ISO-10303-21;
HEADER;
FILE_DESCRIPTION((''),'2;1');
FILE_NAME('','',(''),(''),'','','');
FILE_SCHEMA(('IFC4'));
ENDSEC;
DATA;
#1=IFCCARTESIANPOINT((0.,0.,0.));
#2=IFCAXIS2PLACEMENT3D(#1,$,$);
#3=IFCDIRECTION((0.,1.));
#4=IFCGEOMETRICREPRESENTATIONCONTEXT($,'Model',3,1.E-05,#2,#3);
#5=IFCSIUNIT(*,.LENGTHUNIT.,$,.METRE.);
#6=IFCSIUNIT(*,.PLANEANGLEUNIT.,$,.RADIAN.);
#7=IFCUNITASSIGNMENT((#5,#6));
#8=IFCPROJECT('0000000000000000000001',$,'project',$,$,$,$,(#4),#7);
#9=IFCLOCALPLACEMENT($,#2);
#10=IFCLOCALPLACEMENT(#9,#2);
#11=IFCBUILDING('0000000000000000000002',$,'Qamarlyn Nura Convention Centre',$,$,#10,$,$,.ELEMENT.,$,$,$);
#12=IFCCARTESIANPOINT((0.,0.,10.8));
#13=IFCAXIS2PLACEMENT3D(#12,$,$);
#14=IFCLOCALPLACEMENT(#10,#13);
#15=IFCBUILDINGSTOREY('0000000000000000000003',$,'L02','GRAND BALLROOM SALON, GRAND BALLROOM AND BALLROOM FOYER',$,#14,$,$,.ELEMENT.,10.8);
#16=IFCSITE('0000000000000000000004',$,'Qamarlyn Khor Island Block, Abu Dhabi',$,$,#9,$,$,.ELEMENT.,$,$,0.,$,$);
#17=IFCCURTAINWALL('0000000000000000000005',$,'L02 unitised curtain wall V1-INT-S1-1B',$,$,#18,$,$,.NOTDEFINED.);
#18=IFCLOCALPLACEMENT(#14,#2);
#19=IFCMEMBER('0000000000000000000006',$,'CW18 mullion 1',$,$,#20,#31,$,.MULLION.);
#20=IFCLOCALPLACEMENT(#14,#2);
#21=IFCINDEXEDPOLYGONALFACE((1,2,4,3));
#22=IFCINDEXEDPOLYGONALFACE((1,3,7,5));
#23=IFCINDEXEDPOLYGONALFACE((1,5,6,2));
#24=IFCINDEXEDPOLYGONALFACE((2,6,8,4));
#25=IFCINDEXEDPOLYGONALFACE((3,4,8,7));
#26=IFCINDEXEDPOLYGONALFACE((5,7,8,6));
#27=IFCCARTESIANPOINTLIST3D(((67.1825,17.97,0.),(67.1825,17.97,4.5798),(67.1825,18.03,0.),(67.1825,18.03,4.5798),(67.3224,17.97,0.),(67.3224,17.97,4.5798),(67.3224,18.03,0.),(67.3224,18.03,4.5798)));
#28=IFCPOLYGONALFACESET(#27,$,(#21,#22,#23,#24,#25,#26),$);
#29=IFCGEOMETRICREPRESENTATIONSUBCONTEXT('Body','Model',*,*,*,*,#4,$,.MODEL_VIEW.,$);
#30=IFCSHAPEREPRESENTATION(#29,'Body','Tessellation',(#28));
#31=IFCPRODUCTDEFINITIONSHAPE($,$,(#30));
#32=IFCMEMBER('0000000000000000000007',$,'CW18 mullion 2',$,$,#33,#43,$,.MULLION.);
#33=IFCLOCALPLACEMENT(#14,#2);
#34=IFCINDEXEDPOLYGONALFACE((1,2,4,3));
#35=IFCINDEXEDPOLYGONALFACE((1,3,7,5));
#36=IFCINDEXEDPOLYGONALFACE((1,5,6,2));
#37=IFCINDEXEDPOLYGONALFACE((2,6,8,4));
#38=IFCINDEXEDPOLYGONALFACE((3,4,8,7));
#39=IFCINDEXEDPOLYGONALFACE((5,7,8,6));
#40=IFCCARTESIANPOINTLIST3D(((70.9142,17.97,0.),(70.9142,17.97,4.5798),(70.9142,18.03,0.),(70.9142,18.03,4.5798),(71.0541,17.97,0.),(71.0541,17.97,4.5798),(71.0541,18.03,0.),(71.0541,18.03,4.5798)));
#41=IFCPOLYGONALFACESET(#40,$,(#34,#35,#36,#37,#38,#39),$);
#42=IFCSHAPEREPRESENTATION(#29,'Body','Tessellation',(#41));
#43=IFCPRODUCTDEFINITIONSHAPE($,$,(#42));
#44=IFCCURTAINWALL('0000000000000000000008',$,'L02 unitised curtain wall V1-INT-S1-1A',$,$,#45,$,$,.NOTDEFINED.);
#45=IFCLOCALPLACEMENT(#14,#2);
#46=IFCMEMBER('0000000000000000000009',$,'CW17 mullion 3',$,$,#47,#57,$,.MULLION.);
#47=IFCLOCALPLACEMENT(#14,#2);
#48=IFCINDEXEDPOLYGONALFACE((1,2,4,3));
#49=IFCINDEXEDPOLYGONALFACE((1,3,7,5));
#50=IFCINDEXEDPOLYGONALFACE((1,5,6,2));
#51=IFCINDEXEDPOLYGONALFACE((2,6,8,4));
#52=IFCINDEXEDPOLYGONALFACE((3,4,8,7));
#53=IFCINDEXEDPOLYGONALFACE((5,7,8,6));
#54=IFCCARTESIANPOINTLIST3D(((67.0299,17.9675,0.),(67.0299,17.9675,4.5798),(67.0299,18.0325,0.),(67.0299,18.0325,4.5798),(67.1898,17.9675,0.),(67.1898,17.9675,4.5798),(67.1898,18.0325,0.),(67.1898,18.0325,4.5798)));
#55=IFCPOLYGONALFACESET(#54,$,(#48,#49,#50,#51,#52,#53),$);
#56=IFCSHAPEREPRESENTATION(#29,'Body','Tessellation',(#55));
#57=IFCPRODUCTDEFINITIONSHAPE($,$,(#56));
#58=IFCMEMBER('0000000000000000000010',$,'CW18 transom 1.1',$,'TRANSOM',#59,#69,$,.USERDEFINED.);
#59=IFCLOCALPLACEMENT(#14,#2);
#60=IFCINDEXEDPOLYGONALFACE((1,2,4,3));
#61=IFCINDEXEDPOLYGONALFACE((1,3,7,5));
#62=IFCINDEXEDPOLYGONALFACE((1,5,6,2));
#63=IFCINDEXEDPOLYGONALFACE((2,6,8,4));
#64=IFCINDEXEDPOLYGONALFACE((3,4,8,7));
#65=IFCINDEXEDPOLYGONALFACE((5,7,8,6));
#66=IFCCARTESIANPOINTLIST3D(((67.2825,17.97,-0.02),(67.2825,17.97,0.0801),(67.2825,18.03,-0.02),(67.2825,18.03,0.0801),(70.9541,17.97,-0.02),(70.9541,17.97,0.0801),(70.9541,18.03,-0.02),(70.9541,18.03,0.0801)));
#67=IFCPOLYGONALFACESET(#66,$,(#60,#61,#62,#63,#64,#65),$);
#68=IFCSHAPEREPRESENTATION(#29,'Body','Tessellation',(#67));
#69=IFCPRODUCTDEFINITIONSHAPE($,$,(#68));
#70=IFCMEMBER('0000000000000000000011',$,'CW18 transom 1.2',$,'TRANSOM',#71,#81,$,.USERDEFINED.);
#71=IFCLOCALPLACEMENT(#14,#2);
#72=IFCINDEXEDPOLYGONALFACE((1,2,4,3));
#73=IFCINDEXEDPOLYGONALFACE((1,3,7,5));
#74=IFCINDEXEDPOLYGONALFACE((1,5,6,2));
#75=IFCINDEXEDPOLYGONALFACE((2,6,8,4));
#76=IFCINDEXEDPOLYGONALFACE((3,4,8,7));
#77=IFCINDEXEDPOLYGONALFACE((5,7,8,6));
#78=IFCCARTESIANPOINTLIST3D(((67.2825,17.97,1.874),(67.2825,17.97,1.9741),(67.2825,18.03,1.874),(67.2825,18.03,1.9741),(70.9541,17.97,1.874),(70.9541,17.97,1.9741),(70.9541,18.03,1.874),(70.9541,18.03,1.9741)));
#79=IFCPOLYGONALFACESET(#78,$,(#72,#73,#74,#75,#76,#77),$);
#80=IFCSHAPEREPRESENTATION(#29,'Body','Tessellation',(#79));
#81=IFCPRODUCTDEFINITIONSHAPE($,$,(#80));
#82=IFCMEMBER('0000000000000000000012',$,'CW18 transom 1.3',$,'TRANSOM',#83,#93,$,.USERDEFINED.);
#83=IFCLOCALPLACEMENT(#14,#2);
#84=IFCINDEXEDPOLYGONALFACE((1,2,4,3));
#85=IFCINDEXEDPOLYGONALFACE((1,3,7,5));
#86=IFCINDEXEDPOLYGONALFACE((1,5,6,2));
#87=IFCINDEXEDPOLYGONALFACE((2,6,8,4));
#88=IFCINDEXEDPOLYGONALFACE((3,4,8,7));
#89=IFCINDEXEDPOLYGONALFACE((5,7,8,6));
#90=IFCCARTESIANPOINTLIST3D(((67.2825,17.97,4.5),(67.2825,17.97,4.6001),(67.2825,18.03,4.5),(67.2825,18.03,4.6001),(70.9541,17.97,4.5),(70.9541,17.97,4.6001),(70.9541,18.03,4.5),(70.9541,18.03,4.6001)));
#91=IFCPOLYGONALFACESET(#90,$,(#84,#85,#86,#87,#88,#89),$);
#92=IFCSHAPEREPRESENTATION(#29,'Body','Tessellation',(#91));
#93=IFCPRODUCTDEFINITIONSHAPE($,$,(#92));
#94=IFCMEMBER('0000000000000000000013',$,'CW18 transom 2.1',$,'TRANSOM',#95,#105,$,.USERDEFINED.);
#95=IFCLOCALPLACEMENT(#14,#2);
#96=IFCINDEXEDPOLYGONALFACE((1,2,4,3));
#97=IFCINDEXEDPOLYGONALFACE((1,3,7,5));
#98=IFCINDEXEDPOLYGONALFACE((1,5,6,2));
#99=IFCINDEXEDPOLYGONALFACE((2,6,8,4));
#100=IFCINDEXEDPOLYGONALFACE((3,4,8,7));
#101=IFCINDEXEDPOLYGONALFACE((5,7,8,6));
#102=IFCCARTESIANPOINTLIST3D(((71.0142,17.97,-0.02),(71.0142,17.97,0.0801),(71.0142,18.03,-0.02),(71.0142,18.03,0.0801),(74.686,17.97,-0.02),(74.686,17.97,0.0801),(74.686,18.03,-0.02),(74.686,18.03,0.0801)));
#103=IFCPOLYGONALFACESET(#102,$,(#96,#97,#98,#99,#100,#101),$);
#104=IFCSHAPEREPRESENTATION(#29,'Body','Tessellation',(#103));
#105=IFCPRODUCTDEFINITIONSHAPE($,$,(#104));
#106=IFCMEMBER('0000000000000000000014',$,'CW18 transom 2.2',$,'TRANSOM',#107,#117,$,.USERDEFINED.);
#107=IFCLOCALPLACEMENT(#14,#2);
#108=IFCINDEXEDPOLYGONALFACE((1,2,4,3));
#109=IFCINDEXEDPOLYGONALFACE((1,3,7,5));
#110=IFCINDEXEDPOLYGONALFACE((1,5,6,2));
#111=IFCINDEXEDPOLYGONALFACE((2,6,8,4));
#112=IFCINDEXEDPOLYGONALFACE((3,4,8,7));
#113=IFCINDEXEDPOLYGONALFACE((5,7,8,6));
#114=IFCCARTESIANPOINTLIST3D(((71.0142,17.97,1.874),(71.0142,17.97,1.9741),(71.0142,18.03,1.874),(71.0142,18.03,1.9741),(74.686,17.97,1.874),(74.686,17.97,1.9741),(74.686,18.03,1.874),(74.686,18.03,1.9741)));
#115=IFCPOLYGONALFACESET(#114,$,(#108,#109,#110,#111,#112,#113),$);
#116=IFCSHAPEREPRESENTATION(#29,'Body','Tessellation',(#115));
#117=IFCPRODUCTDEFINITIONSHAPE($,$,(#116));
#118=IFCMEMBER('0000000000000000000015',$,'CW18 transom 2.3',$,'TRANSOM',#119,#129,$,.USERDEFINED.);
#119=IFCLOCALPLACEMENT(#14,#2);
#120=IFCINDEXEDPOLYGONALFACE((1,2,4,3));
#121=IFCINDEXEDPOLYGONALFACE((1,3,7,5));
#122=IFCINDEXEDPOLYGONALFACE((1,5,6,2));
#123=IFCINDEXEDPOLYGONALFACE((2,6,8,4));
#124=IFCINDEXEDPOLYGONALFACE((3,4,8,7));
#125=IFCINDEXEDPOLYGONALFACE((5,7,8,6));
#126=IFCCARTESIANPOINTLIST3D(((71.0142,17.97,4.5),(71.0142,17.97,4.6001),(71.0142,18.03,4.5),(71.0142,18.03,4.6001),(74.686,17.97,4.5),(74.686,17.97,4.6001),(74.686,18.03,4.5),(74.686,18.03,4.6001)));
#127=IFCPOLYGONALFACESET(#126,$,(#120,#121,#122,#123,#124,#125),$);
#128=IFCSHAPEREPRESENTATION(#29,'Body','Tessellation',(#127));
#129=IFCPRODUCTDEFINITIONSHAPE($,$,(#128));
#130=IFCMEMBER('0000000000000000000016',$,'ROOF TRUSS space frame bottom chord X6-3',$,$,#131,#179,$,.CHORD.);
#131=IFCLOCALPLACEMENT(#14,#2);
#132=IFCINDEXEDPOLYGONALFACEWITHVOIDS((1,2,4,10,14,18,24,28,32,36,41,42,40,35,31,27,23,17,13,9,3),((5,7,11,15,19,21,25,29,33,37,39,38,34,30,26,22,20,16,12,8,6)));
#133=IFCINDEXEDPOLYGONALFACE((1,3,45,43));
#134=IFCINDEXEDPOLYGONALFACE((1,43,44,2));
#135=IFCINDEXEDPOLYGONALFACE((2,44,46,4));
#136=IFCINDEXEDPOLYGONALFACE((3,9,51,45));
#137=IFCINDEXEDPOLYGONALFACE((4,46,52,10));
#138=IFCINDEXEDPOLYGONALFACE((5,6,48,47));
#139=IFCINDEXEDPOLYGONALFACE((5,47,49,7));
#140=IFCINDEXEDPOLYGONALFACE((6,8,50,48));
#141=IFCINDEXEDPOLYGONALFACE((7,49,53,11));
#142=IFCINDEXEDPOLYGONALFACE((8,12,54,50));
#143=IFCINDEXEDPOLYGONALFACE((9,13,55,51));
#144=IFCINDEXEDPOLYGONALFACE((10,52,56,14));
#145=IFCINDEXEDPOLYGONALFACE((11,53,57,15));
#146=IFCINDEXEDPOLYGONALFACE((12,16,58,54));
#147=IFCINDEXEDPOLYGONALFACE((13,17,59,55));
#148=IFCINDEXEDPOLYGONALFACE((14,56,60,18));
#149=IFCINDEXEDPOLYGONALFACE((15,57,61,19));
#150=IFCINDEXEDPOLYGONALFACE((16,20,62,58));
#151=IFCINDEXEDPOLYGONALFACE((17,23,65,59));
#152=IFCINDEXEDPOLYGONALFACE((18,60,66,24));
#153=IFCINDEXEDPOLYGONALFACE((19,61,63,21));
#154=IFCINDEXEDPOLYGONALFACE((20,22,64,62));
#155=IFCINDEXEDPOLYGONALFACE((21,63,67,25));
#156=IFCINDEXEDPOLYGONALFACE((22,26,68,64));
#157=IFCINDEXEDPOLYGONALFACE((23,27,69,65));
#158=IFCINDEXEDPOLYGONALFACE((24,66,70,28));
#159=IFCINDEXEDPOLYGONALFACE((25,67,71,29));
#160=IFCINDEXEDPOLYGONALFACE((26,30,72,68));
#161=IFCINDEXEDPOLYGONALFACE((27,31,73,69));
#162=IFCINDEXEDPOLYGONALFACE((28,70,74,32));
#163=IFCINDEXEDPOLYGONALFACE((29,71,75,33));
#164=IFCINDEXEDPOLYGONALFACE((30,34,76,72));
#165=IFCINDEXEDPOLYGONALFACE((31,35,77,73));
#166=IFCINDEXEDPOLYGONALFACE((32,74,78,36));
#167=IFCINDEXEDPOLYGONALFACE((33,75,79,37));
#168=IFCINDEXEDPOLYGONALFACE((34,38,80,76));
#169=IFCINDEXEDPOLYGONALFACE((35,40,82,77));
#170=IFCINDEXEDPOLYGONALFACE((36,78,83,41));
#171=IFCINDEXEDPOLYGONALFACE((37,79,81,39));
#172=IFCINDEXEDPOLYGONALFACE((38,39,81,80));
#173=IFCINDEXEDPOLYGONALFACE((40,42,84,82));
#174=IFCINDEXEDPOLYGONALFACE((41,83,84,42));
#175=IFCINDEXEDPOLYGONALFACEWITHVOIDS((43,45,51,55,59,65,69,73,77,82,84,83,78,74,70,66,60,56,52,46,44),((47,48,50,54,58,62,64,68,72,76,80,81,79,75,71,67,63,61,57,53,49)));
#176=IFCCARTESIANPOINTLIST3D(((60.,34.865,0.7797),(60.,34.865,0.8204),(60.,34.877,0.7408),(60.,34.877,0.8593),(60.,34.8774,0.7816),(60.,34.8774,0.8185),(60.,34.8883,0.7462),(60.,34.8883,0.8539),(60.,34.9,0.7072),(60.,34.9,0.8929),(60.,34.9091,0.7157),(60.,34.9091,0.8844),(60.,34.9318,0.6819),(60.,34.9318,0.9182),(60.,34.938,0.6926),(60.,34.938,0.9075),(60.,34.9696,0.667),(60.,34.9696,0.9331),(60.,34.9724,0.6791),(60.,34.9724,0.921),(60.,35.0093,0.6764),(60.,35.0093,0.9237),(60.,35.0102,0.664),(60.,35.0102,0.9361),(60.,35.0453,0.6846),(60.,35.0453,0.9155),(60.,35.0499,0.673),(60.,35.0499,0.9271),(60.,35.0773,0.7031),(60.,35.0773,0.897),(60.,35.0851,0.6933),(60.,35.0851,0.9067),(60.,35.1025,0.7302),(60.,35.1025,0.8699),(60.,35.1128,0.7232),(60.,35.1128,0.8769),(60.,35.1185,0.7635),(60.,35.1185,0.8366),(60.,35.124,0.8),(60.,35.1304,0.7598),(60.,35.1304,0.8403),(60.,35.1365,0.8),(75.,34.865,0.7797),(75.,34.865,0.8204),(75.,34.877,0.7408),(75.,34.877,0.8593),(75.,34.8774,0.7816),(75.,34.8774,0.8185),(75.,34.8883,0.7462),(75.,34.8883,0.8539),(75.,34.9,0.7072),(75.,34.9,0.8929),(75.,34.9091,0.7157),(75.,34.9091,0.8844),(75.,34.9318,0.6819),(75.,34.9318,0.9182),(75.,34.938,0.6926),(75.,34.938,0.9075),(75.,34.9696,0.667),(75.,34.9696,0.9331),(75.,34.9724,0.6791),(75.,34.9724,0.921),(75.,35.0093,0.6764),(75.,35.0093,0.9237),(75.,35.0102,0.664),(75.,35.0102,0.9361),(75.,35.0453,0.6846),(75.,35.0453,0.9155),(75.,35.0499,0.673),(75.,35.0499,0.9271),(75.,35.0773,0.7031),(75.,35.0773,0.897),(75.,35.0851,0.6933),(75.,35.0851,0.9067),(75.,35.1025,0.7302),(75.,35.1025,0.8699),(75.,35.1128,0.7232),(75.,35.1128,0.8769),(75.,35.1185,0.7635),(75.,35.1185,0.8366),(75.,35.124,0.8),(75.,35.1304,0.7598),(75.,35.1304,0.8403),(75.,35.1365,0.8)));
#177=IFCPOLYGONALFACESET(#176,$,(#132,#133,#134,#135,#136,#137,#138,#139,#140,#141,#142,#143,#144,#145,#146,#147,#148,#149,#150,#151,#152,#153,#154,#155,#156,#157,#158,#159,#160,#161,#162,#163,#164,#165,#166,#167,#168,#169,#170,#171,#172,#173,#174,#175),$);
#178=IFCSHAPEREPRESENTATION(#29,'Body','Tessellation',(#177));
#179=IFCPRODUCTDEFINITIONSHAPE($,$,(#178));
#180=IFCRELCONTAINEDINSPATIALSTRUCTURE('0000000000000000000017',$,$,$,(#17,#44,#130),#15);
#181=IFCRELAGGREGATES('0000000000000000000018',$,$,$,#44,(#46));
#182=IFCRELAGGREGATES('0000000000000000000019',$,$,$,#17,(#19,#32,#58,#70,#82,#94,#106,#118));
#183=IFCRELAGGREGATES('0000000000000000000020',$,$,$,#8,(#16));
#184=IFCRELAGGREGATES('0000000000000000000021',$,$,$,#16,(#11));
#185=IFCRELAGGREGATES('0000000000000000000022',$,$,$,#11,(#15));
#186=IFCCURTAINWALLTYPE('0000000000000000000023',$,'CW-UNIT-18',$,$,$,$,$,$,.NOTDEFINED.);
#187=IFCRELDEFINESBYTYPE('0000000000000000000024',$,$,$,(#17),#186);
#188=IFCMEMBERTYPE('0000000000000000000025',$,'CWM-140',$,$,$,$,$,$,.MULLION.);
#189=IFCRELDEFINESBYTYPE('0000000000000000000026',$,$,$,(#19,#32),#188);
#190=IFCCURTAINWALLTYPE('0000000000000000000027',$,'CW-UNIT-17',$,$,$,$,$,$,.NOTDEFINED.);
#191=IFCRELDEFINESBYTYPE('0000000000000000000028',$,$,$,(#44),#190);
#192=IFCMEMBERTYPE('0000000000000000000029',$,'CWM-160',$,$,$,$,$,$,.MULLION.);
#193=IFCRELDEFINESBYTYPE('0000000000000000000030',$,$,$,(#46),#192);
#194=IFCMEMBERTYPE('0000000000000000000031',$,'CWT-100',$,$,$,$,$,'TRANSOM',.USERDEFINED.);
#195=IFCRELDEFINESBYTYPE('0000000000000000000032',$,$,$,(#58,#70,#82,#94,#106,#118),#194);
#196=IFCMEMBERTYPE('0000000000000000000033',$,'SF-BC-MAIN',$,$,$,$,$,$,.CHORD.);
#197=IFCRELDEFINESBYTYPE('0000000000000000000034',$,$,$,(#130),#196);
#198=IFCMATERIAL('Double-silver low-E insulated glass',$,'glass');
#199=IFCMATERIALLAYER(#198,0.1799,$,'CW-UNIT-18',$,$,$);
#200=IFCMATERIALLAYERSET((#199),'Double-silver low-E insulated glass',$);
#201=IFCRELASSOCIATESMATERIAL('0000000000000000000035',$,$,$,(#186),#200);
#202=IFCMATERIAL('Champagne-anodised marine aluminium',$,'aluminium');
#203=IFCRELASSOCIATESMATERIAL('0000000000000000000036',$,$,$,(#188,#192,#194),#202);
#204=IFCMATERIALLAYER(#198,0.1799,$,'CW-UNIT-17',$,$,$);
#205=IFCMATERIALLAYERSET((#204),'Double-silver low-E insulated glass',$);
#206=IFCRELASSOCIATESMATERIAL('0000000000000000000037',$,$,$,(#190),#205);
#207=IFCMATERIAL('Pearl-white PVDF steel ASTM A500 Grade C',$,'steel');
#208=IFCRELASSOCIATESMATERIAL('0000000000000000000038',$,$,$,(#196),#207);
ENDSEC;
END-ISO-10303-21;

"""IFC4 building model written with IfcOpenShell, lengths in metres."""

from ifc_helpers import new_model, si_unit, direction, frame, origin, origin_2d, place, context, subcontext, project, spatial, rectangle, hollow_circle, extrude, material, layer, layer_set, material_profile, profile_set, type_object, element, aggregate, save


model = new_model("IFC4")

# Units and contexts
model_context = context("Model", 3, precision=1e-05, world=origin(), true_north=direction((0.0, 1.0)))
body_context = subcontext(model_context, "Body", "Model", "MODEL_VIEW")
ifc_project = project(units=[si_unit("LENGTHUNIT", "METRE"), si_unit("PLANEANGLEUNIT", "RADIAN")], contexts=[model_context])

# Site, building, storey
site_placement = place(None, origin())
site = spatial("IfcSite", under=ifc_project, at=site_placement, Name="Qamarlyn Khor Island Block, Abu Dhabi", CompositionType="ELEMENT", RefElevation=0.0)
building_placement = place(site_placement, origin())
building = spatial("IfcBuilding", under=site, at=building_placement, Name="Qamarlyn Nura Convention Centre", CompositionType="ELEMENT")
storey_placement = place(building_placement, frame((0.0, 0.0, 10.8)))
storey = spatial("IfcBuildingStorey", under=building, at=storey_placement, Name="L02", Description="GRAND BALLROOM SALON, GRAND BALLROOM AND BALLROOM FOYER", CompositionType="ELEMENT", Elevation=10.8)

# Curtain wall, members
ifc_material_1 = material(Name="Double-silver low-E insulated glass", Category="glass")
ifc_layer_1 = layer(ifc_material_1, 0.1799, Name="CW-UNIT-18")
ifc_layer_set_1 = layer_set([ifc_layer_1], Name="Double-silver low-E insulated glass")
curtain_wall_type_1 = type_object("IfcCurtainWallType", Name="CW-UNIT-18", PredefinedType="NOTDEFINED", material=ifc_layer_set_1)
curtain_wall_1_placement = place(storey_placement, origin())
curtain_wall_1 = element("IfcCurtainWall", 1, at=curtain_wall_1_placement, inside=storey, type_object=curtain_wall_type_1, Name="L02 unitised curtain wall V1-INT-S1-1B", PredefinedType="NOTDEFINED")
ifc_material_2 = material(Name="Champagne-anodised marine aluminium", Category="aluminium")
ifc_material_profile_1 = material_profile(ifc_material_2, rectangle(XDim=0.0601, YDim=0.1399, at=origin_2d()), Name="ALU MULLION 60x140")
ifc_profile_set_1 = profile_set([ifc_material_profile_1], Name="Champagne-anodised marine aluminium")
member_type_1 = type_object("IfcMemberType", Name="CWM-140", PredefinedType="MULLION", material=ifc_profile_set_1)
member_1_placement = place(storey_placement, frame((67.2524, 18.0, 0.0), z_axis=(0.0, 0.0, 1.0), x_axis=(0.0, 1.0, 0.0)))
member_1 = element("IfcMember", 2, at=member_1_placement, type_object=member_type_1, Name="CW18 mullion 1", PredefinedType="MULLION", context=body_context, shape_type="SweptSolid", body=[
    extrude(rectangle(XDim=0.0601, YDim=0.1399, at=origin_2d()), origin(), (0.0, 0.0, 1.0), 4.5798),
])
member_2_placement = place(storey_placement, frame((70.9841, 18.0, 0.0), z_axis=(0.0, 0.0, 1.0), x_axis=(0.0, 1.0, 0.0)))
member_2 = element("IfcMember", 3, at=member_2_placement, type_object=member_type_1, Name="CW18 mullion 2", PredefinedType="MULLION", context=body_context, shape_type="SweptSolid", body=[
    extrude(rectangle(XDim=0.0601, YDim=0.1399, at=origin_2d()), origin(), (0.0, 0.0, 1.0), 4.5798),
])

# Curtain wall, member
ifc_layer_2 = layer(ifc_material_1, 0.1799, Name="CW-UNIT-17")
ifc_layer_set_2 = layer_set([ifc_layer_2], Name="Double-silver low-E insulated glass")
curtain_wall_type_2 = type_object("IfcCurtainWallType", Name="CW-UNIT-17", PredefinedType="NOTDEFINED", material=ifc_layer_set_2)
curtain_wall_2_placement = place(storey_placement, origin())
curtain_wall_2 = element("IfcCurtainWall", 4, at=curtain_wall_2_placement, inside=storey, type_object=curtain_wall_type_2, Name="L02 unitised curtain wall V1-INT-S1-1A", PredefinedType="NOTDEFINED")
ifc_material_profile_2 = material_profile(ifc_material_2, rectangle(XDim=0.0649, YDim=0.1599, at=origin_2d()), Name="ALU MULLION 65x160")
ifc_profile_set_2 = profile_set([ifc_material_profile_2], Name="Champagne-anodised marine aluminium")
member_type_2 = type_object("IfcMemberType", Name="CWM-160", PredefinedType="MULLION", material=ifc_profile_set_2)
member_3_placement = place(storey_placement, frame((67.1099, 18.0, 0.0), z_axis=(0.0, 0.0, 1.0), x_axis=(0.0, 1.0, 0.0)))
member_3 = element("IfcMember", 5, at=member_3_placement, type_object=member_type_2, Name="CW17 mullion 3", PredefinedType="MULLION", context=body_context, shape_type="SweptSolid", body=[
    extrude(rectangle(XDim=0.0649, YDim=0.1599, at=origin_2d()), origin(), (0.0, 0.0, 1.0), 4.5798),
])

# Members
ifc_material_profile_3 = material_profile(ifc_material_2, rectangle(XDim=0.0601, YDim=0.1001, at=origin_2d()), Name="ALU TRANSOM 60x100")
ifc_profile_set_3 = profile_set([ifc_material_profile_3], Name="Champagne-anodised marine aluminium")
member_type_3 = type_object("IfcMemberType", Name="CWT-100", ElementType="TRANSOM", PredefinedType="USERDEFINED", material=ifc_profile_set_3)
member_4_placement = place(storey_placement, frame((67.2825, 18.0, 0.03), z_axis=(1.0, 0.0, 0.0), x_axis=(0.0, 1.0, 0.0)))
member_4 = element("IfcMember", 6, at=member_4_placement, type_object=member_type_3, Name="CW18 transom 1.1", ObjectType="TRANSOM", PredefinedType="USERDEFINED", context=body_context, shape_type="SweptSolid", body=[
    extrude(rectangle(XDim=0.0601, YDim=0.1001, at=origin_2d()), origin(), (0.0, 0.0, 1.0), 3.6716),
])
member_5_placement = place(storey_placement, frame((67.2825, 18.0, 1.9241), z_axis=(1.0, 0.0, 0.0), x_axis=(0.0, 1.0, 0.0)))
member_5 = element("IfcMember", 7, at=member_5_placement, type_object=member_type_3, Name="CW18 transom 1.2", ObjectType="TRANSOM", PredefinedType="USERDEFINED", context=body_context, shape_type="SweptSolid", body=[
    extrude(rectangle(XDim=0.0601, YDim=0.1001, at=origin_2d()), origin(), (0.0, 0.0, 1.0), 3.6716),
])
member_6_placement = place(storey_placement, frame((67.2825, 18.0, 4.55), z_axis=(1.0, 0.0, 0.0), x_axis=(0.0, 1.0, 0.0)))
member_6 = element("IfcMember", 8, at=member_6_placement, type_object=member_type_3, Name="CW18 transom 1.3", ObjectType="TRANSOM", PredefinedType="USERDEFINED", context=body_context, shape_type="SweptSolid", body=[
    extrude(rectangle(XDim=0.0601, YDim=0.1001, at=origin_2d()), origin(), (0.0, 0.0, 1.0), 3.6716),
])
member_7_placement = place(storey_placement, frame((71.0142, 18.0, 0.03), z_axis=(1.0, 0.0, 0.0), x_axis=(0.0, 1.0, 0.0)))
member_7 = element("IfcMember", 9, at=member_7_placement, type_object=member_type_3, Name="CW18 transom 2.1", ObjectType="TRANSOM", PredefinedType="USERDEFINED", context=body_context, shape_type="SweptSolid", body=[
    extrude(rectangle(XDim=0.0601, YDim=0.1001, at=origin_2d()), origin(), (0.0, 0.0, 1.0), 3.6719),
])
member_8_placement = place(storey_placement, frame((71.0142, 18.0, 1.9241), z_axis=(1.0, 0.0, 0.0), x_axis=(0.0, 1.0, 0.0)))
member_8 = element("IfcMember", 10, at=member_8_placement, type_object=member_type_3, Name="CW18 transom 2.2", ObjectType="TRANSOM", PredefinedType="USERDEFINED", context=body_context, shape_type="SweptSolid", body=[
    extrude(rectangle(XDim=0.0601, YDim=0.1001, at=origin_2d()), origin(), (0.0, 0.0, 1.0), 3.6719),
])
member_9_placement = place(storey_placement, frame((71.0142, 18.0, 4.55), z_axis=(1.0, 0.0, 0.0), x_axis=(0.0, 1.0, 0.0)))
member_9 = element("IfcMember", 11, at=member_9_placement, type_object=member_type_3, Name="CW18 transom 2.3", ObjectType="TRANSOM", PredefinedType="USERDEFINED", context=body_context, shape_type="SweptSolid", body=[
    extrude(rectangle(XDim=0.0601, YDim=0.1001, at=origin_2d()), origin(), (0.0, 0.0, 1.0), 3.6719),
])

# Member
ifc_material_3 = material(Name="Pearl-white PVDF steel ASTM A500 Grade C", Category="steel")
ifc_material_profile_4 = material_profile(ifc_material_3, hollow_circle(Radius=0.1365, WallThickness=0.0125, at=origin_2d()), Name="CHS273X12.5")
ifc_profile_set_4 = profile_set([ifc_material_profile_4], Name="Pearl-white PVDF steel ASTM A500 Grade C")
member_type_4 = type_object("IfcMemberType", Name="SF-BC-MAIN", PredefinedType="CHORD", material=ifc_profile_set_4)
member_10_placement = place(storey_placement, frame((60.0, 35.0, 0.8), z_axis=(1.0, 0.0, 0.0), x_axis=(0.0, 1.0, 0.0)))
element("IfcMember", 12, at=member_10_placement, inside=storey, type_object=member_type_4, Name="ROOF TRUSS space frame bottom chord X6-3", PredefinedType="CHORD", context=body_context, shape_type="SweptSolid", body=[
    extrude(hollow_circle(Radius=0.1365, WallThickness=0.0125, at=origin_2d()), origin(), (0.0, 0.0, 1.0), 15.0),
])

aggregate(curtain_wall_2, [member_3])
aggregate(curtain_wall_1, [member_1, member_2, member_4, member_5, member_6, member_7, member_8, member_9])

save(model, "model.ifc")
